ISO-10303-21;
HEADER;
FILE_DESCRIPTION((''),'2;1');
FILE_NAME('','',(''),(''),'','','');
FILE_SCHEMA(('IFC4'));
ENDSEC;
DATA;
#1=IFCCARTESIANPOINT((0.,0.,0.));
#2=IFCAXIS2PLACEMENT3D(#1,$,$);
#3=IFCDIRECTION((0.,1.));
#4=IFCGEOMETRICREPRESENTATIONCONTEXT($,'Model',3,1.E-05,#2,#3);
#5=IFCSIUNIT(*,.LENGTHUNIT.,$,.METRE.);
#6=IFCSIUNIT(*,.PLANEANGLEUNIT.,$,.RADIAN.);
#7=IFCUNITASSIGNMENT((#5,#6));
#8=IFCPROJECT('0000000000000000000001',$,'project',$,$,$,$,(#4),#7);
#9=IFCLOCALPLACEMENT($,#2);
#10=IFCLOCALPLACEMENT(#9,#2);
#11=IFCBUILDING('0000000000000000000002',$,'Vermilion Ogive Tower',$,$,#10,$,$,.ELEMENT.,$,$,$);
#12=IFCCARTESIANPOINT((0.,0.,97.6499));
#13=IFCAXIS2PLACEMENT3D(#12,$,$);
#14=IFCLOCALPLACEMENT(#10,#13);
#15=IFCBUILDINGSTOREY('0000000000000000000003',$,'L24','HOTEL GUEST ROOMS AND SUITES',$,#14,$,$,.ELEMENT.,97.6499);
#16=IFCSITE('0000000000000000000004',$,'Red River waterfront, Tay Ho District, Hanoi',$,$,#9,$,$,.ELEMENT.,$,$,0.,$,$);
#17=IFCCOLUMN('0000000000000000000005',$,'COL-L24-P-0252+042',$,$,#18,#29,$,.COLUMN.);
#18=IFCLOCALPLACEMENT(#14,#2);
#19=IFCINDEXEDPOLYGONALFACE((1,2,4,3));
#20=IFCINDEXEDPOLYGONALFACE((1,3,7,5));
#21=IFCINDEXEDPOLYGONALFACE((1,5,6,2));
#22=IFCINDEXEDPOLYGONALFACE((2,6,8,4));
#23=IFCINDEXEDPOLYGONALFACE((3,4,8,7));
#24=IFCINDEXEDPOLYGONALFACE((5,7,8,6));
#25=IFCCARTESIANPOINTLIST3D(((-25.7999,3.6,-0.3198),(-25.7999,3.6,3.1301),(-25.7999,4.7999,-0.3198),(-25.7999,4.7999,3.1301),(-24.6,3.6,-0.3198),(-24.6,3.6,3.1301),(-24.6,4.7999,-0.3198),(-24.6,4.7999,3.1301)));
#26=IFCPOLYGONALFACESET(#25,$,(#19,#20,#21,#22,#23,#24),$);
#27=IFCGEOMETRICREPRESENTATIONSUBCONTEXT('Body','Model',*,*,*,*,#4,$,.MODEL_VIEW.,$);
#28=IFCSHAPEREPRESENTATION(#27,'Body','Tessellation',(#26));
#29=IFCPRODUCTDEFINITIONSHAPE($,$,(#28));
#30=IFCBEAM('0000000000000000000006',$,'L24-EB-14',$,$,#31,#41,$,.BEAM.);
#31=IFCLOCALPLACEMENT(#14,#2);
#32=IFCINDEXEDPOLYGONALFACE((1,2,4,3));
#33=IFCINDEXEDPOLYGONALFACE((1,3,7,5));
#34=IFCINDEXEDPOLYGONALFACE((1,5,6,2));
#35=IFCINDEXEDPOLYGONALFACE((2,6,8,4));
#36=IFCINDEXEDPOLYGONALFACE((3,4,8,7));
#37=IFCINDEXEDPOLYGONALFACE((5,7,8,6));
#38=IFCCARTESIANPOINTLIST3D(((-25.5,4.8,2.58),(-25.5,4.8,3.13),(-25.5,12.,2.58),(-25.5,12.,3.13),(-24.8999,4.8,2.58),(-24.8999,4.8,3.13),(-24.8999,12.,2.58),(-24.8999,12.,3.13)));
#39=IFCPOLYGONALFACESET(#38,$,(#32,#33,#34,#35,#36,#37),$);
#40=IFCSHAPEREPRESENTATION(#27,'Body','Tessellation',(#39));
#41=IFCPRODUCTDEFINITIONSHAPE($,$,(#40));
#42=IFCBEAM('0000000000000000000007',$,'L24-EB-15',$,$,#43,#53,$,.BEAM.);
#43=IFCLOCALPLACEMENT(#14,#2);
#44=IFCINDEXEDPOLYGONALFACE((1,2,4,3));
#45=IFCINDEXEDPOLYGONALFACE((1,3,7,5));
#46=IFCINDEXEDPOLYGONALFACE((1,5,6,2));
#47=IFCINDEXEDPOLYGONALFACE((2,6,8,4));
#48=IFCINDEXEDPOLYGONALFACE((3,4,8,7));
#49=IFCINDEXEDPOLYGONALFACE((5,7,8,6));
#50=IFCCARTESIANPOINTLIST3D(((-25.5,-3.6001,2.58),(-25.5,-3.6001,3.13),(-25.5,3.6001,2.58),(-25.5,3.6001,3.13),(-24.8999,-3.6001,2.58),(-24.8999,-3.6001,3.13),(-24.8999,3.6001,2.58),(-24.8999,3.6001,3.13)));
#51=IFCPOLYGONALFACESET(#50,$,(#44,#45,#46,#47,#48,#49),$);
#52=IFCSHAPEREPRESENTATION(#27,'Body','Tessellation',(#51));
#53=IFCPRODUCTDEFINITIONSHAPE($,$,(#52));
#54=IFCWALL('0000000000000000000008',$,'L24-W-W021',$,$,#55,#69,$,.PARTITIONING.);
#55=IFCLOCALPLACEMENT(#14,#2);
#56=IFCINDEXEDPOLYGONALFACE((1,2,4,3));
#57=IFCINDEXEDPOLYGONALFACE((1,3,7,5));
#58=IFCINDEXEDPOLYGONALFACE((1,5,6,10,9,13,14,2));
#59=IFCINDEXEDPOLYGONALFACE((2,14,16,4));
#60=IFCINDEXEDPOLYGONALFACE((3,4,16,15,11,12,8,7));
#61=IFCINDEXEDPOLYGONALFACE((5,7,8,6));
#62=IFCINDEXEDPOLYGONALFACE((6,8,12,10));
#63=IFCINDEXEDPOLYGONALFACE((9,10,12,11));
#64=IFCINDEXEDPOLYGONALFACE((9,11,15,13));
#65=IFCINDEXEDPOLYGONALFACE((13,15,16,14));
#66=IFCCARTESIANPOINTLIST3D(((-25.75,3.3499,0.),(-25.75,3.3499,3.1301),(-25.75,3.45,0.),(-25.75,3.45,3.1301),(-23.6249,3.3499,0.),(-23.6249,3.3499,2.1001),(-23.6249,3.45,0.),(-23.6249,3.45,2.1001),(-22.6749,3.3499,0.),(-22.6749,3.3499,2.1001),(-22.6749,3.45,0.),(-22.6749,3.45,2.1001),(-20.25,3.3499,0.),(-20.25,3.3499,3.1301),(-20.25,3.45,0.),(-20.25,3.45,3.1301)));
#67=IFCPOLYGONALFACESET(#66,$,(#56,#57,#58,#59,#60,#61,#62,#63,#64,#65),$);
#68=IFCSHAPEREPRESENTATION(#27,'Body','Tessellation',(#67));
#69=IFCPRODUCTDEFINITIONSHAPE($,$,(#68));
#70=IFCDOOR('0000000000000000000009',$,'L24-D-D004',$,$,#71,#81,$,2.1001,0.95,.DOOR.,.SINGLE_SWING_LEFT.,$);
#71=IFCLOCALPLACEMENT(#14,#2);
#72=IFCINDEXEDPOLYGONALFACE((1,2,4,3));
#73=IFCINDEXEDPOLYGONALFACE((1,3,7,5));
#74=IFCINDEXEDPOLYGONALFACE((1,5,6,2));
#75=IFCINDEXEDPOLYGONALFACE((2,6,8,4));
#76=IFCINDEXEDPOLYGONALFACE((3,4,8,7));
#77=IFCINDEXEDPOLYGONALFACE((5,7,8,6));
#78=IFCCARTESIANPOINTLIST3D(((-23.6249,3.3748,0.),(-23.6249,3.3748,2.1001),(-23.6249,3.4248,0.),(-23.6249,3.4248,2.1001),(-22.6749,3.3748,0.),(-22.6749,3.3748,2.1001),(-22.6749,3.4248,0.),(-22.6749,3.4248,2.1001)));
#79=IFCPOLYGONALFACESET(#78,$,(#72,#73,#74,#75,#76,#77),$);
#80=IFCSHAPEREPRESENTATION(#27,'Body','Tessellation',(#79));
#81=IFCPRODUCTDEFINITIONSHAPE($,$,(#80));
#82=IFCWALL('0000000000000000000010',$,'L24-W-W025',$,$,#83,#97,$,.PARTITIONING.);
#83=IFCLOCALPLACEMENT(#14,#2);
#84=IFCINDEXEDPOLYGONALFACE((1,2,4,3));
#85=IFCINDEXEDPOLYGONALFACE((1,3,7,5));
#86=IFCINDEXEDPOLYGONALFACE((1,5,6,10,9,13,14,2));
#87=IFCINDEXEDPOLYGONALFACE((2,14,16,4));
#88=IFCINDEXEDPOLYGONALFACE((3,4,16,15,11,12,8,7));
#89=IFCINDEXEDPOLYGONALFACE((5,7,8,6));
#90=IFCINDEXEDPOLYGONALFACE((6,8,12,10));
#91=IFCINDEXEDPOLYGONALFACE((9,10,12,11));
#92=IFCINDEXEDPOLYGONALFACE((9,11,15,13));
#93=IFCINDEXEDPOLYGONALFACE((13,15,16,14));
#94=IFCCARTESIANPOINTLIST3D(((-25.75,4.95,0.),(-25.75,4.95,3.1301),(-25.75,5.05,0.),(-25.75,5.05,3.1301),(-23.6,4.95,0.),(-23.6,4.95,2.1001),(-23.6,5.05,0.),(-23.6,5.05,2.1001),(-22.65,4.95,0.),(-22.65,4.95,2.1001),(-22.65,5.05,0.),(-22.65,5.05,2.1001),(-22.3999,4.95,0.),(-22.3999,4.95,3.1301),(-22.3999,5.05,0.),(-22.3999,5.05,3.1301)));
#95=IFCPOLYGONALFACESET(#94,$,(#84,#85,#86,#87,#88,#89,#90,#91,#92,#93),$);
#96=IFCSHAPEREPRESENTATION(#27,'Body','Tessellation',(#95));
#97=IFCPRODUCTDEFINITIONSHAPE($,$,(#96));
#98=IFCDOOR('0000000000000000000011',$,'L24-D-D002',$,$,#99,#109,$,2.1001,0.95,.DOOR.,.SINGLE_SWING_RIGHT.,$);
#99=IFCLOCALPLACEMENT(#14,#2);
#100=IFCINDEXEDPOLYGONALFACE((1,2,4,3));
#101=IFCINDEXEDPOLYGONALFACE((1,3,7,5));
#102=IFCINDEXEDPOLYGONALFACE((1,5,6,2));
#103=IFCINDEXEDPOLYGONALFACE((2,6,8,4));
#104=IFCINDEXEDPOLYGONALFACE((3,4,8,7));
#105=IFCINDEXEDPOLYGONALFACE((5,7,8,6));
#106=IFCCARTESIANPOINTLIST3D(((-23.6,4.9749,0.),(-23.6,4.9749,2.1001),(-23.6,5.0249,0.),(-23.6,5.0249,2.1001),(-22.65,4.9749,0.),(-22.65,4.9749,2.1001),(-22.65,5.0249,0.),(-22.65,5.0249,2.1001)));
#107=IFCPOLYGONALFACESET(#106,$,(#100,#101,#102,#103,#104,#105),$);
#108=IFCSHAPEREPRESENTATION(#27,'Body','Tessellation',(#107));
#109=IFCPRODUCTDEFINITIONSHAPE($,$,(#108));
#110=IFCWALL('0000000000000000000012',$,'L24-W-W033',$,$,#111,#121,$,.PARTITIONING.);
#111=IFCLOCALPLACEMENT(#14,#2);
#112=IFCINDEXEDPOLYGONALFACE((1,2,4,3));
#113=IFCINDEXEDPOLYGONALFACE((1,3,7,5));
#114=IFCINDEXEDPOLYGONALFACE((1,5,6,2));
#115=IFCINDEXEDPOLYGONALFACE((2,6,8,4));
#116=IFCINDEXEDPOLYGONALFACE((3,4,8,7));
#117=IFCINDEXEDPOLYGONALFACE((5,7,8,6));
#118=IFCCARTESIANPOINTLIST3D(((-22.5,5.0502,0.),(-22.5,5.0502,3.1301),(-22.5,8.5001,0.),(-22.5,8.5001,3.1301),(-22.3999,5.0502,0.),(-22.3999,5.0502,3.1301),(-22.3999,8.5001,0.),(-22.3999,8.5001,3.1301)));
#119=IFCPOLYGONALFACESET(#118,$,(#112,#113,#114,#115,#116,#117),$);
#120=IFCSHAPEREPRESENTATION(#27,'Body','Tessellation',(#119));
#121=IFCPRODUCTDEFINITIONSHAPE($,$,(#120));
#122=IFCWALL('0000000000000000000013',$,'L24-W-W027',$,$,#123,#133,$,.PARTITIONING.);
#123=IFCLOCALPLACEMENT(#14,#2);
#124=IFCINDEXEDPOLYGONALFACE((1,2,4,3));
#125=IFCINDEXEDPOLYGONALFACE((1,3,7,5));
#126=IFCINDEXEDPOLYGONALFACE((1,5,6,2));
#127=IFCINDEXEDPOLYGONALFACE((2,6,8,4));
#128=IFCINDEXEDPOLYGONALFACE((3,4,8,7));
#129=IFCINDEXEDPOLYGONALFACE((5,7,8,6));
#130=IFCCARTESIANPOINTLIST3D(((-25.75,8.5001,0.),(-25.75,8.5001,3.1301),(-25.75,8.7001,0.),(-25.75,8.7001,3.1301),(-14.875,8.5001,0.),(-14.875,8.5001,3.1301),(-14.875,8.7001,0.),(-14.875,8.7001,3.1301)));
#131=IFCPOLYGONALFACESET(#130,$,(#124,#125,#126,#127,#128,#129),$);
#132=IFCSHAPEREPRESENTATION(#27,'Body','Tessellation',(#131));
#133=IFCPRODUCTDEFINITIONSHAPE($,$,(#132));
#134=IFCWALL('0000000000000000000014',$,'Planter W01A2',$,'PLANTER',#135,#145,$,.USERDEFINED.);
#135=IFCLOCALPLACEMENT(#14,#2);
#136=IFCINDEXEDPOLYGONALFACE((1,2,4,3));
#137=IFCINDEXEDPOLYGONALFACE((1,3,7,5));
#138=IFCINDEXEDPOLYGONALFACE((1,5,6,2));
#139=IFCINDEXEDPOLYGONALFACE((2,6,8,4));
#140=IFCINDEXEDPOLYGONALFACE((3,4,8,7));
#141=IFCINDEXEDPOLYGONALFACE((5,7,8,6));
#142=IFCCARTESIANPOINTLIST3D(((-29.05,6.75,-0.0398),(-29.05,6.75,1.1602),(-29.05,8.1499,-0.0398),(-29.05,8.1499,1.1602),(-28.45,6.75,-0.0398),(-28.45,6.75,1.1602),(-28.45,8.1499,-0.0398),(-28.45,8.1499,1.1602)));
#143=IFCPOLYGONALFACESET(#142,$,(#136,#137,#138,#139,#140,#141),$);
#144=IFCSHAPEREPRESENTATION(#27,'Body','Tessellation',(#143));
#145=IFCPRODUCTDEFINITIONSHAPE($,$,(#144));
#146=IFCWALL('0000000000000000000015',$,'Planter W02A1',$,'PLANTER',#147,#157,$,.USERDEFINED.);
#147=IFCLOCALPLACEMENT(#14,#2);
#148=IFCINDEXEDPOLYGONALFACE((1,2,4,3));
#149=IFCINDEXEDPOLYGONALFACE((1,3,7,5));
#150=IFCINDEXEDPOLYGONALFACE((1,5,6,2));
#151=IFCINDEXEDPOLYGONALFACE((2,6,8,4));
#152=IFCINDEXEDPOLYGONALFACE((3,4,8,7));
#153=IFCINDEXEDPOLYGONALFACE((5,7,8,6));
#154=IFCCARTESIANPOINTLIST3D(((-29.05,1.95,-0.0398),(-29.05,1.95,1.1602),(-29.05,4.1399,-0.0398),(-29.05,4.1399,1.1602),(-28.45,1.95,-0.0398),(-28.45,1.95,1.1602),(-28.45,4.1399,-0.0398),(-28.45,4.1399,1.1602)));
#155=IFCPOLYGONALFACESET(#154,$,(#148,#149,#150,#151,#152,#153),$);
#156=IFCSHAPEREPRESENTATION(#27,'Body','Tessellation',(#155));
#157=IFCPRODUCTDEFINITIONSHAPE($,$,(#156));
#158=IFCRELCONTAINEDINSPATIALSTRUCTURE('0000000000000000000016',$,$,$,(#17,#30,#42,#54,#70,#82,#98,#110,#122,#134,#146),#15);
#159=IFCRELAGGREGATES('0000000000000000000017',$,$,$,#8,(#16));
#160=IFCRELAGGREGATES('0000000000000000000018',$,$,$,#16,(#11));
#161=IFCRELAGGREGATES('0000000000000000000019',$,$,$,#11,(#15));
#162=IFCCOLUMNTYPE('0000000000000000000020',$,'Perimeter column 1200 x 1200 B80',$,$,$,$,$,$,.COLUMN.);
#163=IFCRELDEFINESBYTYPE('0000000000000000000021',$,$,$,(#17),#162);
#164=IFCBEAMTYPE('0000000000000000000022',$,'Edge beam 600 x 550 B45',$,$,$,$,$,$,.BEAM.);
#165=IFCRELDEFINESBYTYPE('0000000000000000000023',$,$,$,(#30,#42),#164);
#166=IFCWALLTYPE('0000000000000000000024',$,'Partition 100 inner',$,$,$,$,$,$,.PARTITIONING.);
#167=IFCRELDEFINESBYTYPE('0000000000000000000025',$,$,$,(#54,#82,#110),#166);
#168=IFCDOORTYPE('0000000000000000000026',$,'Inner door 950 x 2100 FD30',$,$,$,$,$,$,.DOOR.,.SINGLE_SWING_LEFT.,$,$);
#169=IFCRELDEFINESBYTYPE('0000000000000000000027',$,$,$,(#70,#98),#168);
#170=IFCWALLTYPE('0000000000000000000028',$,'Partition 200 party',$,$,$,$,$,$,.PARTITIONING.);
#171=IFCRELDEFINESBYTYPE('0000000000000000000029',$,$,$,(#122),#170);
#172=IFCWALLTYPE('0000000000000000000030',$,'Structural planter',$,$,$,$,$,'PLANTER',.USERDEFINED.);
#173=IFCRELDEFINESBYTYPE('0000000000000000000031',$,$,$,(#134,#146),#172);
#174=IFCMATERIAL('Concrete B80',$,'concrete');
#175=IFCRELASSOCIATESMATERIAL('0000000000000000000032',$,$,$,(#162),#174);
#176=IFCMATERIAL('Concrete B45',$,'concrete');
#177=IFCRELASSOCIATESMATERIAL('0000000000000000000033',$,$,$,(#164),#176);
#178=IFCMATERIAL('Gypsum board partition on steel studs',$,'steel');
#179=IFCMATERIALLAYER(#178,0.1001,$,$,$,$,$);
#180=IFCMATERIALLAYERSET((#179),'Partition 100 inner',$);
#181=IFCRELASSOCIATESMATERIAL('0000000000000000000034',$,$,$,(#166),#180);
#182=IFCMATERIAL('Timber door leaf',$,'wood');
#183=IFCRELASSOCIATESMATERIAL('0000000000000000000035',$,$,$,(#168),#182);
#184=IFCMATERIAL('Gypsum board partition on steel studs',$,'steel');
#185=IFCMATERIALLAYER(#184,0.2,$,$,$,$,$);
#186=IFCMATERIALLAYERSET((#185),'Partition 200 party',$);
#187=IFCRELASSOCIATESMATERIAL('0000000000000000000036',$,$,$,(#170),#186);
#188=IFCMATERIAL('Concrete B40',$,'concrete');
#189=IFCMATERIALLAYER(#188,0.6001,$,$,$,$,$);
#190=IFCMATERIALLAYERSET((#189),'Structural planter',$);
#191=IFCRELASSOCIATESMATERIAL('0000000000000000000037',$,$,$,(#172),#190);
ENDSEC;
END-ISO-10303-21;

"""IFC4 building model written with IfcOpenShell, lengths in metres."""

from ifc_helpers import new_model, si_unit, direction, frame, frame_2d, origin, origin_2d, place, context, subcontext, project, spatial, rectangle, extrude, material, layer, layer_set, material_profile, profile_set, type_object, element, fill, save


model = new_model("IFC4")

# Units and contexts
model_context = context("Model", 3, precision=1e-05, world=origin(), true_north=direction((0.0, 1.0)))
body_context = subcontext(model_context, "Body", "Model", "MODEL_VIEW")
ifc_project = project(units=[si_unit("LENGTHUNIT", "METRE"), si_unit("PLANEANGLEUNIT", "RADIAN")], contexts=[model_context])

# Site, building, storey
site_placement = place(None, origin())
site = spatial("IfcSite", under=ifc_project, at=site_placement, Name="Red River waterfront, Tay Ho District, Hanoi", CompositionType="ELEMENT", RefElevation=0.0)
building_placement = place(site_placement, origin())
building = spatial("IfcBuilding", under=site, at=building_placement, Name="Vermilion Ogive Tower", CompositionType="ELEMENT")
storey_placement = place(building_placement, frame((0.0, 0.0, 97.6499)))
storey = spatial("IfcBuildingStorey", under=building, at=storey_placement, Name="L24", Description="HOTEL GUEST ROOMS AND SUITES", CompositionType="ELEMENT", Elevation=97.6499)

# Column
ifc_material_1 = material(Name="Concrete B80", Category="concrete")
ifc_material_profile_1 = material_profile(ifc_material_1, rectangle(XDim=1.2, YDim=1.2, at=origin_2d()), Name="1200 x 1200")
ifc_profile_set_1 = profile_set([ifc_material_profile_1], Name="Concrete B80")
column_type = type_object("IfcColumnType", Name="Perimeter column 1200 x 1200 B80", PredefinedType="COLUMN", material=ifc_profile_set_1)
column_placement = place(storey_placement, frame((-25.2, 4.2, -0.3198), z_axis=(0.0, 0.0, 1.0), x_axis=(1.0, 0.0, 0.0)))
element("IfcColumn", 1, at=column_placement, inside=storey, type_object=column_type, Name="COL-L24-P-0252+042", PredefinedType="COLUMN", context=body_context, shape_type="SweptSolid", body=[
    extrude(rectangle(XDim=1.2, YDim=1.2, at=origin_2d()), origin(), (0.0, 0.0, 1.0), 3.45),
])

# Beams
ifc_material_2 = material(Name="Concrete B45", Category="concrete")
ifc_material_profile_2 = material_profile(ifc_material_2, rectangle(XDim=0.6001, YDim=0.55, at=origin_2d()), Name="600 x 550")
ifc_profile_set_2 = profile_set([ifc_material_profile_2], Name="Concrete B45")
beam_type = type_object("IfcBeamType", Name="Edge beam 600 x 550 B45", PredefinedType="BEAM", material=ifc_profile_set_2)
beam_1_placement = place(storey_placement, frame((-25.2, 12.0, 2.855), z_axis=(0.0, -1.0, 0.0), x_axis=(1.0, 0.0, 0.0)))
element("IfcBeam", 2, at=beam_1_placement, inside=storey, type_object=beam_type, Name="L24-EB-14", PredefinedType="BEAM", context=body_context, shape_type="SweptSolid", body=[
    extrude(rectangle(XDim=0.6001, YDim=0.55, at=origin_2d()), origin(), (0.0, 0.0, 1.0), 7.2),
])
beam_2_placement = place(storey_placement, frame((-25.2, 3.6001, 2.855), z_axis=(0.0, -1.0, 0.0), x_axis=(1.0, 0.0, 0.0)))
element("IfcBeam", 3, at=beam_2_placement, inside=storey, type_object=beam_type, Name="L24-EB-15", PredefinedType="BEAM", context=body_context, shape_type="SweptSolid", body=[
    extrude(rectangle(XDim=0.6001, YDim=0.55, at=origin_2d()), origin(), (0.0, 0.0, 1.0), 7.2002),
])

# Walls, openings, doors
ifc_material_3 = material(Name="Gypsum board partition on steel studs", Category="steel")
ifc_layer_1 = layer(ifc_material_3, 0.1001)
ifc_layer_set_1 = layer_set([ifc_layer_1], Name="Partition 100 inner")
wall_type_1 = type_object("IfcWallType", Name="Partition 100 inner", PredefinedType="PARTITIONING", material=ifc_layer_set_1)
wall_1_placement = place(storey_placement, frame((-25.75, 3.3999, 0.0), z_axis=(0.0, 0.0, 1.0), x_axis=(1.0, 0.0, 0.0)))
wall_1 = element("IfcWall", 4, at=wall_1_placement, inside=storey, type_object=wall_type_1, Name="L24-W-W021", PredefinedType="PARTITIONING", context=body_context, shape_type="SweptSolid", body=[
    extrude(rectangle(XDim=5.5, YDim=0.1001, at=frame_2d((2.75, 0.0))), origin(), (0.0, 0.0, 1.0), 3.1301),
])
opening_1_placement = place(wall_1_placement, frame((2.125, 0.0, 0.0)))
opening_1 = element("IfcOpeningElement", 5, at=opening_1_placement, cuts=wall_1, PredefinedType="OPENING", context=body_context, shape_type="SweptSolid", body=[
    extrude(rectangle(XDim=0.95, YDim=2.1001, at=frame_2d((0.4751, 1.05))), frame((0.0, 0.0601, 0.0), z_axis=(0.0, -1.0, 0.0), x_axis=(1.0, 0.0, 0.0)), (0.0, 0.0, 1.0), 0.1201),
])
ifc_material_4 = material(Name="Timber door leaf", Category="wood")
door_type_1 = type_object("IfcDoorType", Name="Inner door 950 x 2100 FD30", OperationType="SINGLE_SWING_LEFT", PredefinedType="DOOR", material=ifc_material_4)
door_1_placement = place(opening_1_placement, origin())
door_1 = element("IfcDoor", 6, at=door_1_placement, inside=storey, type_object=door_type_1, Name="L24-D-D004", OperationType="SINGLE_SWING_LEFT", OverallHeight=2.1001, OverallWidth=0.95, PredefinedType="DOOR", context=body_context, shape_type="SweptSolid", body=[
    extrude(rectangle(XDim=0.95, YDim=2.1001, at=frame_2d((0.4751, 1.05))), frame((0.0, 0.0249, 0.0), z_axis=(0.0, -1.0, 0.0), x_axis=(1.0, 0.0, 0.0)), (0.0, 0.0, 1.0), 0.05),
])
fill(opening_1, door_1)
wall_2_placement = place(storey_placement, frame((-25.75, 5.0, 0.0), z_axis=(0.0, 0.0, 1.0), x_axis=(1.0, 0.0, 0.0)))
wall_2 = element("IfcWall", 7, at=wall_2_placement, inside=storey, type_object=wall_type_1, Name="L24-W-W025", PredefinedType="PARTITIONING", context=body_context, shape_type="SweptSolid", body=[
    extrude(rectangle(XDim=3.3501, YDim=0.1001, at=frame_2d((1.675, 0.0))), origin(), (0.0, 0.0, 1.0), 3.1301),
])
opening_2_placement = place(wall_2_placement, frame((2.1499, 0.0, 0.0)))
opening_2 = element("IfcOpeningElement", 8, at=opening_2_placement, cuts=wall_2, PredefinedType="OPENING", context=body_context, shape_type="SweptSolid", body=[
    extrude(rectangle(XDim=0.95, YDim=2.1001, at=frame_2d((0.4751, 1.05))), frame((0.0, 0.0601, 0.0), z_axis=(0.0, -1.0, 0.0), x_axis=(1.0, 0.0, 0.0)), (0.0, 0.0, 1.0), 0.1201),
])
door_2_placement = place(opening_2_placement, origin())
door_2 = element("IfcDoor", 9, at=door_2_placement, inside=storey, type_object=door_type_1, Name="L24-D-D002", OperationType="SINGLE_SWING_RIGHT", OverallHeight=2.1001, OverallWidth=0.95, PredefinedType="DOOR", context=body_context, shape_type="SweptSolid", body=[
    extrude(rectangle(XDim=0.95, YDim=2.1001, at=frame_2d((0.4751, 1.05))), frame((0.0, 0.0249, 0.0), z_axis=(0.0, -1.0, 0.0), x_axis=(1.0, 0.0, 0.0)), (0.0, 0.0, 1.0), 0.05),
])
fill(opening_2, door_2)

# Walls
wall_3_placement = place(storey_placement, frame((-22.45, 5.05, 0.0), z_axis=(0.0, 0.0, 1.0), x_axis=(0.0, 1.0, 0.0)))
element("IfcWall", 10, at=wall_3_placement, inside=storey, type_object=wall_type_1, Name="L24-W-W033", PredefinedType="PARTITIONING", context=body_context, shape_type="SweptSolid", body=[
    extrude(rectangle(XDim=3.45, YDim=0.1001, at=frame_2d((1.7251, 0.0))), origin(), (0.0, 0.0, 1.0), 3.1301),
])
ifc_material_5 = material(Name="Gypsum board partition on steel studs", Category="steel")
ifc_layer_2 = layer(ifc_material_5, 0.2)
ifc_layer_set_2 = layer_set([ifc_layer_2], Name="Partition 200 party")
wall_type_2 = type_object("IfcWallType", Name="Partition 200 party", PredefinedType="PARTITIONING", material=ifc_layer_set_2)
wall_4_placement = place(storey_placement, frame((-25.75, 8.6001, 0.0), z_axis=(0.0, 0.0, 1.0), x_axis=(1.0, 0.0, 0.0)))
element("IfcWall", 11, at=wall_4_placement, inside=storey, type_object=wall_type_2, Name="L24-W-W027", PredefinedType="PARTITIONING", context=body_context, shape_type="SweptSolid", body=[
    extrude(rectangle(XDim=10.875, YDim=0.2, at=frame_2d((5.4375, 0.0))), origin(), (0.0, 0.0, 1.0), 3.1301),
])
ifc_material_6 = material(Name="Concrete B40", Category="concrete")
ifc_layer_3 = layer(ifc_material_6, 0.6001)
ifc_layer_set_3 = layer_set([ifc_layer_3], Name="Structural planter")
wall_type_3 = type_object("IfcWallType", Name="Structural planter", ElementType="PLANTER", PredefinedType="USERDEFINED", material=ifc_layer_set_3)
wall_5_placement = place(storey_placement, frame((-28.75, 8.1499, -0.0398), z_axis=(0.0, 0.0, 1.0), x_axis=(0.0, -1.0, 0.0)))
element("IfcWall", 12, at=wall_5_placement, inside=storey, type_object=wall_type_3, Name="Planter W01A2", ObjectType="PLANTER", PredefinedType="USERDEFINED", context=body_context, shape_type="SweptSolid", body=[
    extrude(rectangle(XDim=1.3999, YDim=0.6001, at=frame_2d((0.7, 0.0))), origin(), (0.0, 0.0, 1.0), 1.2),
])
wall_6_placement = place(storey_placement, frame((-28.75, 4.1399, -0.0398), z_axis=(0.0, 0.0, 1.0), x_axis=(0.0, -1.0, 0.0)))
element("IfcWall", 13, at=wall_6_placement, inside=storey, type_object=wall_type_3, Name="Planter W02A1", ObjectType="PLANTER", PredefinedType="USERDEFINED", context=body_context, shape_type="SweptSolid", body=[
    extrude(rectangle(XDim=2.1899, YDim=0.6001, at=frame_2d((1.095, 0.0))), origin(), (0.0, 0.0, 1.0), 1.2),
])

save(model, "model.ifc")
